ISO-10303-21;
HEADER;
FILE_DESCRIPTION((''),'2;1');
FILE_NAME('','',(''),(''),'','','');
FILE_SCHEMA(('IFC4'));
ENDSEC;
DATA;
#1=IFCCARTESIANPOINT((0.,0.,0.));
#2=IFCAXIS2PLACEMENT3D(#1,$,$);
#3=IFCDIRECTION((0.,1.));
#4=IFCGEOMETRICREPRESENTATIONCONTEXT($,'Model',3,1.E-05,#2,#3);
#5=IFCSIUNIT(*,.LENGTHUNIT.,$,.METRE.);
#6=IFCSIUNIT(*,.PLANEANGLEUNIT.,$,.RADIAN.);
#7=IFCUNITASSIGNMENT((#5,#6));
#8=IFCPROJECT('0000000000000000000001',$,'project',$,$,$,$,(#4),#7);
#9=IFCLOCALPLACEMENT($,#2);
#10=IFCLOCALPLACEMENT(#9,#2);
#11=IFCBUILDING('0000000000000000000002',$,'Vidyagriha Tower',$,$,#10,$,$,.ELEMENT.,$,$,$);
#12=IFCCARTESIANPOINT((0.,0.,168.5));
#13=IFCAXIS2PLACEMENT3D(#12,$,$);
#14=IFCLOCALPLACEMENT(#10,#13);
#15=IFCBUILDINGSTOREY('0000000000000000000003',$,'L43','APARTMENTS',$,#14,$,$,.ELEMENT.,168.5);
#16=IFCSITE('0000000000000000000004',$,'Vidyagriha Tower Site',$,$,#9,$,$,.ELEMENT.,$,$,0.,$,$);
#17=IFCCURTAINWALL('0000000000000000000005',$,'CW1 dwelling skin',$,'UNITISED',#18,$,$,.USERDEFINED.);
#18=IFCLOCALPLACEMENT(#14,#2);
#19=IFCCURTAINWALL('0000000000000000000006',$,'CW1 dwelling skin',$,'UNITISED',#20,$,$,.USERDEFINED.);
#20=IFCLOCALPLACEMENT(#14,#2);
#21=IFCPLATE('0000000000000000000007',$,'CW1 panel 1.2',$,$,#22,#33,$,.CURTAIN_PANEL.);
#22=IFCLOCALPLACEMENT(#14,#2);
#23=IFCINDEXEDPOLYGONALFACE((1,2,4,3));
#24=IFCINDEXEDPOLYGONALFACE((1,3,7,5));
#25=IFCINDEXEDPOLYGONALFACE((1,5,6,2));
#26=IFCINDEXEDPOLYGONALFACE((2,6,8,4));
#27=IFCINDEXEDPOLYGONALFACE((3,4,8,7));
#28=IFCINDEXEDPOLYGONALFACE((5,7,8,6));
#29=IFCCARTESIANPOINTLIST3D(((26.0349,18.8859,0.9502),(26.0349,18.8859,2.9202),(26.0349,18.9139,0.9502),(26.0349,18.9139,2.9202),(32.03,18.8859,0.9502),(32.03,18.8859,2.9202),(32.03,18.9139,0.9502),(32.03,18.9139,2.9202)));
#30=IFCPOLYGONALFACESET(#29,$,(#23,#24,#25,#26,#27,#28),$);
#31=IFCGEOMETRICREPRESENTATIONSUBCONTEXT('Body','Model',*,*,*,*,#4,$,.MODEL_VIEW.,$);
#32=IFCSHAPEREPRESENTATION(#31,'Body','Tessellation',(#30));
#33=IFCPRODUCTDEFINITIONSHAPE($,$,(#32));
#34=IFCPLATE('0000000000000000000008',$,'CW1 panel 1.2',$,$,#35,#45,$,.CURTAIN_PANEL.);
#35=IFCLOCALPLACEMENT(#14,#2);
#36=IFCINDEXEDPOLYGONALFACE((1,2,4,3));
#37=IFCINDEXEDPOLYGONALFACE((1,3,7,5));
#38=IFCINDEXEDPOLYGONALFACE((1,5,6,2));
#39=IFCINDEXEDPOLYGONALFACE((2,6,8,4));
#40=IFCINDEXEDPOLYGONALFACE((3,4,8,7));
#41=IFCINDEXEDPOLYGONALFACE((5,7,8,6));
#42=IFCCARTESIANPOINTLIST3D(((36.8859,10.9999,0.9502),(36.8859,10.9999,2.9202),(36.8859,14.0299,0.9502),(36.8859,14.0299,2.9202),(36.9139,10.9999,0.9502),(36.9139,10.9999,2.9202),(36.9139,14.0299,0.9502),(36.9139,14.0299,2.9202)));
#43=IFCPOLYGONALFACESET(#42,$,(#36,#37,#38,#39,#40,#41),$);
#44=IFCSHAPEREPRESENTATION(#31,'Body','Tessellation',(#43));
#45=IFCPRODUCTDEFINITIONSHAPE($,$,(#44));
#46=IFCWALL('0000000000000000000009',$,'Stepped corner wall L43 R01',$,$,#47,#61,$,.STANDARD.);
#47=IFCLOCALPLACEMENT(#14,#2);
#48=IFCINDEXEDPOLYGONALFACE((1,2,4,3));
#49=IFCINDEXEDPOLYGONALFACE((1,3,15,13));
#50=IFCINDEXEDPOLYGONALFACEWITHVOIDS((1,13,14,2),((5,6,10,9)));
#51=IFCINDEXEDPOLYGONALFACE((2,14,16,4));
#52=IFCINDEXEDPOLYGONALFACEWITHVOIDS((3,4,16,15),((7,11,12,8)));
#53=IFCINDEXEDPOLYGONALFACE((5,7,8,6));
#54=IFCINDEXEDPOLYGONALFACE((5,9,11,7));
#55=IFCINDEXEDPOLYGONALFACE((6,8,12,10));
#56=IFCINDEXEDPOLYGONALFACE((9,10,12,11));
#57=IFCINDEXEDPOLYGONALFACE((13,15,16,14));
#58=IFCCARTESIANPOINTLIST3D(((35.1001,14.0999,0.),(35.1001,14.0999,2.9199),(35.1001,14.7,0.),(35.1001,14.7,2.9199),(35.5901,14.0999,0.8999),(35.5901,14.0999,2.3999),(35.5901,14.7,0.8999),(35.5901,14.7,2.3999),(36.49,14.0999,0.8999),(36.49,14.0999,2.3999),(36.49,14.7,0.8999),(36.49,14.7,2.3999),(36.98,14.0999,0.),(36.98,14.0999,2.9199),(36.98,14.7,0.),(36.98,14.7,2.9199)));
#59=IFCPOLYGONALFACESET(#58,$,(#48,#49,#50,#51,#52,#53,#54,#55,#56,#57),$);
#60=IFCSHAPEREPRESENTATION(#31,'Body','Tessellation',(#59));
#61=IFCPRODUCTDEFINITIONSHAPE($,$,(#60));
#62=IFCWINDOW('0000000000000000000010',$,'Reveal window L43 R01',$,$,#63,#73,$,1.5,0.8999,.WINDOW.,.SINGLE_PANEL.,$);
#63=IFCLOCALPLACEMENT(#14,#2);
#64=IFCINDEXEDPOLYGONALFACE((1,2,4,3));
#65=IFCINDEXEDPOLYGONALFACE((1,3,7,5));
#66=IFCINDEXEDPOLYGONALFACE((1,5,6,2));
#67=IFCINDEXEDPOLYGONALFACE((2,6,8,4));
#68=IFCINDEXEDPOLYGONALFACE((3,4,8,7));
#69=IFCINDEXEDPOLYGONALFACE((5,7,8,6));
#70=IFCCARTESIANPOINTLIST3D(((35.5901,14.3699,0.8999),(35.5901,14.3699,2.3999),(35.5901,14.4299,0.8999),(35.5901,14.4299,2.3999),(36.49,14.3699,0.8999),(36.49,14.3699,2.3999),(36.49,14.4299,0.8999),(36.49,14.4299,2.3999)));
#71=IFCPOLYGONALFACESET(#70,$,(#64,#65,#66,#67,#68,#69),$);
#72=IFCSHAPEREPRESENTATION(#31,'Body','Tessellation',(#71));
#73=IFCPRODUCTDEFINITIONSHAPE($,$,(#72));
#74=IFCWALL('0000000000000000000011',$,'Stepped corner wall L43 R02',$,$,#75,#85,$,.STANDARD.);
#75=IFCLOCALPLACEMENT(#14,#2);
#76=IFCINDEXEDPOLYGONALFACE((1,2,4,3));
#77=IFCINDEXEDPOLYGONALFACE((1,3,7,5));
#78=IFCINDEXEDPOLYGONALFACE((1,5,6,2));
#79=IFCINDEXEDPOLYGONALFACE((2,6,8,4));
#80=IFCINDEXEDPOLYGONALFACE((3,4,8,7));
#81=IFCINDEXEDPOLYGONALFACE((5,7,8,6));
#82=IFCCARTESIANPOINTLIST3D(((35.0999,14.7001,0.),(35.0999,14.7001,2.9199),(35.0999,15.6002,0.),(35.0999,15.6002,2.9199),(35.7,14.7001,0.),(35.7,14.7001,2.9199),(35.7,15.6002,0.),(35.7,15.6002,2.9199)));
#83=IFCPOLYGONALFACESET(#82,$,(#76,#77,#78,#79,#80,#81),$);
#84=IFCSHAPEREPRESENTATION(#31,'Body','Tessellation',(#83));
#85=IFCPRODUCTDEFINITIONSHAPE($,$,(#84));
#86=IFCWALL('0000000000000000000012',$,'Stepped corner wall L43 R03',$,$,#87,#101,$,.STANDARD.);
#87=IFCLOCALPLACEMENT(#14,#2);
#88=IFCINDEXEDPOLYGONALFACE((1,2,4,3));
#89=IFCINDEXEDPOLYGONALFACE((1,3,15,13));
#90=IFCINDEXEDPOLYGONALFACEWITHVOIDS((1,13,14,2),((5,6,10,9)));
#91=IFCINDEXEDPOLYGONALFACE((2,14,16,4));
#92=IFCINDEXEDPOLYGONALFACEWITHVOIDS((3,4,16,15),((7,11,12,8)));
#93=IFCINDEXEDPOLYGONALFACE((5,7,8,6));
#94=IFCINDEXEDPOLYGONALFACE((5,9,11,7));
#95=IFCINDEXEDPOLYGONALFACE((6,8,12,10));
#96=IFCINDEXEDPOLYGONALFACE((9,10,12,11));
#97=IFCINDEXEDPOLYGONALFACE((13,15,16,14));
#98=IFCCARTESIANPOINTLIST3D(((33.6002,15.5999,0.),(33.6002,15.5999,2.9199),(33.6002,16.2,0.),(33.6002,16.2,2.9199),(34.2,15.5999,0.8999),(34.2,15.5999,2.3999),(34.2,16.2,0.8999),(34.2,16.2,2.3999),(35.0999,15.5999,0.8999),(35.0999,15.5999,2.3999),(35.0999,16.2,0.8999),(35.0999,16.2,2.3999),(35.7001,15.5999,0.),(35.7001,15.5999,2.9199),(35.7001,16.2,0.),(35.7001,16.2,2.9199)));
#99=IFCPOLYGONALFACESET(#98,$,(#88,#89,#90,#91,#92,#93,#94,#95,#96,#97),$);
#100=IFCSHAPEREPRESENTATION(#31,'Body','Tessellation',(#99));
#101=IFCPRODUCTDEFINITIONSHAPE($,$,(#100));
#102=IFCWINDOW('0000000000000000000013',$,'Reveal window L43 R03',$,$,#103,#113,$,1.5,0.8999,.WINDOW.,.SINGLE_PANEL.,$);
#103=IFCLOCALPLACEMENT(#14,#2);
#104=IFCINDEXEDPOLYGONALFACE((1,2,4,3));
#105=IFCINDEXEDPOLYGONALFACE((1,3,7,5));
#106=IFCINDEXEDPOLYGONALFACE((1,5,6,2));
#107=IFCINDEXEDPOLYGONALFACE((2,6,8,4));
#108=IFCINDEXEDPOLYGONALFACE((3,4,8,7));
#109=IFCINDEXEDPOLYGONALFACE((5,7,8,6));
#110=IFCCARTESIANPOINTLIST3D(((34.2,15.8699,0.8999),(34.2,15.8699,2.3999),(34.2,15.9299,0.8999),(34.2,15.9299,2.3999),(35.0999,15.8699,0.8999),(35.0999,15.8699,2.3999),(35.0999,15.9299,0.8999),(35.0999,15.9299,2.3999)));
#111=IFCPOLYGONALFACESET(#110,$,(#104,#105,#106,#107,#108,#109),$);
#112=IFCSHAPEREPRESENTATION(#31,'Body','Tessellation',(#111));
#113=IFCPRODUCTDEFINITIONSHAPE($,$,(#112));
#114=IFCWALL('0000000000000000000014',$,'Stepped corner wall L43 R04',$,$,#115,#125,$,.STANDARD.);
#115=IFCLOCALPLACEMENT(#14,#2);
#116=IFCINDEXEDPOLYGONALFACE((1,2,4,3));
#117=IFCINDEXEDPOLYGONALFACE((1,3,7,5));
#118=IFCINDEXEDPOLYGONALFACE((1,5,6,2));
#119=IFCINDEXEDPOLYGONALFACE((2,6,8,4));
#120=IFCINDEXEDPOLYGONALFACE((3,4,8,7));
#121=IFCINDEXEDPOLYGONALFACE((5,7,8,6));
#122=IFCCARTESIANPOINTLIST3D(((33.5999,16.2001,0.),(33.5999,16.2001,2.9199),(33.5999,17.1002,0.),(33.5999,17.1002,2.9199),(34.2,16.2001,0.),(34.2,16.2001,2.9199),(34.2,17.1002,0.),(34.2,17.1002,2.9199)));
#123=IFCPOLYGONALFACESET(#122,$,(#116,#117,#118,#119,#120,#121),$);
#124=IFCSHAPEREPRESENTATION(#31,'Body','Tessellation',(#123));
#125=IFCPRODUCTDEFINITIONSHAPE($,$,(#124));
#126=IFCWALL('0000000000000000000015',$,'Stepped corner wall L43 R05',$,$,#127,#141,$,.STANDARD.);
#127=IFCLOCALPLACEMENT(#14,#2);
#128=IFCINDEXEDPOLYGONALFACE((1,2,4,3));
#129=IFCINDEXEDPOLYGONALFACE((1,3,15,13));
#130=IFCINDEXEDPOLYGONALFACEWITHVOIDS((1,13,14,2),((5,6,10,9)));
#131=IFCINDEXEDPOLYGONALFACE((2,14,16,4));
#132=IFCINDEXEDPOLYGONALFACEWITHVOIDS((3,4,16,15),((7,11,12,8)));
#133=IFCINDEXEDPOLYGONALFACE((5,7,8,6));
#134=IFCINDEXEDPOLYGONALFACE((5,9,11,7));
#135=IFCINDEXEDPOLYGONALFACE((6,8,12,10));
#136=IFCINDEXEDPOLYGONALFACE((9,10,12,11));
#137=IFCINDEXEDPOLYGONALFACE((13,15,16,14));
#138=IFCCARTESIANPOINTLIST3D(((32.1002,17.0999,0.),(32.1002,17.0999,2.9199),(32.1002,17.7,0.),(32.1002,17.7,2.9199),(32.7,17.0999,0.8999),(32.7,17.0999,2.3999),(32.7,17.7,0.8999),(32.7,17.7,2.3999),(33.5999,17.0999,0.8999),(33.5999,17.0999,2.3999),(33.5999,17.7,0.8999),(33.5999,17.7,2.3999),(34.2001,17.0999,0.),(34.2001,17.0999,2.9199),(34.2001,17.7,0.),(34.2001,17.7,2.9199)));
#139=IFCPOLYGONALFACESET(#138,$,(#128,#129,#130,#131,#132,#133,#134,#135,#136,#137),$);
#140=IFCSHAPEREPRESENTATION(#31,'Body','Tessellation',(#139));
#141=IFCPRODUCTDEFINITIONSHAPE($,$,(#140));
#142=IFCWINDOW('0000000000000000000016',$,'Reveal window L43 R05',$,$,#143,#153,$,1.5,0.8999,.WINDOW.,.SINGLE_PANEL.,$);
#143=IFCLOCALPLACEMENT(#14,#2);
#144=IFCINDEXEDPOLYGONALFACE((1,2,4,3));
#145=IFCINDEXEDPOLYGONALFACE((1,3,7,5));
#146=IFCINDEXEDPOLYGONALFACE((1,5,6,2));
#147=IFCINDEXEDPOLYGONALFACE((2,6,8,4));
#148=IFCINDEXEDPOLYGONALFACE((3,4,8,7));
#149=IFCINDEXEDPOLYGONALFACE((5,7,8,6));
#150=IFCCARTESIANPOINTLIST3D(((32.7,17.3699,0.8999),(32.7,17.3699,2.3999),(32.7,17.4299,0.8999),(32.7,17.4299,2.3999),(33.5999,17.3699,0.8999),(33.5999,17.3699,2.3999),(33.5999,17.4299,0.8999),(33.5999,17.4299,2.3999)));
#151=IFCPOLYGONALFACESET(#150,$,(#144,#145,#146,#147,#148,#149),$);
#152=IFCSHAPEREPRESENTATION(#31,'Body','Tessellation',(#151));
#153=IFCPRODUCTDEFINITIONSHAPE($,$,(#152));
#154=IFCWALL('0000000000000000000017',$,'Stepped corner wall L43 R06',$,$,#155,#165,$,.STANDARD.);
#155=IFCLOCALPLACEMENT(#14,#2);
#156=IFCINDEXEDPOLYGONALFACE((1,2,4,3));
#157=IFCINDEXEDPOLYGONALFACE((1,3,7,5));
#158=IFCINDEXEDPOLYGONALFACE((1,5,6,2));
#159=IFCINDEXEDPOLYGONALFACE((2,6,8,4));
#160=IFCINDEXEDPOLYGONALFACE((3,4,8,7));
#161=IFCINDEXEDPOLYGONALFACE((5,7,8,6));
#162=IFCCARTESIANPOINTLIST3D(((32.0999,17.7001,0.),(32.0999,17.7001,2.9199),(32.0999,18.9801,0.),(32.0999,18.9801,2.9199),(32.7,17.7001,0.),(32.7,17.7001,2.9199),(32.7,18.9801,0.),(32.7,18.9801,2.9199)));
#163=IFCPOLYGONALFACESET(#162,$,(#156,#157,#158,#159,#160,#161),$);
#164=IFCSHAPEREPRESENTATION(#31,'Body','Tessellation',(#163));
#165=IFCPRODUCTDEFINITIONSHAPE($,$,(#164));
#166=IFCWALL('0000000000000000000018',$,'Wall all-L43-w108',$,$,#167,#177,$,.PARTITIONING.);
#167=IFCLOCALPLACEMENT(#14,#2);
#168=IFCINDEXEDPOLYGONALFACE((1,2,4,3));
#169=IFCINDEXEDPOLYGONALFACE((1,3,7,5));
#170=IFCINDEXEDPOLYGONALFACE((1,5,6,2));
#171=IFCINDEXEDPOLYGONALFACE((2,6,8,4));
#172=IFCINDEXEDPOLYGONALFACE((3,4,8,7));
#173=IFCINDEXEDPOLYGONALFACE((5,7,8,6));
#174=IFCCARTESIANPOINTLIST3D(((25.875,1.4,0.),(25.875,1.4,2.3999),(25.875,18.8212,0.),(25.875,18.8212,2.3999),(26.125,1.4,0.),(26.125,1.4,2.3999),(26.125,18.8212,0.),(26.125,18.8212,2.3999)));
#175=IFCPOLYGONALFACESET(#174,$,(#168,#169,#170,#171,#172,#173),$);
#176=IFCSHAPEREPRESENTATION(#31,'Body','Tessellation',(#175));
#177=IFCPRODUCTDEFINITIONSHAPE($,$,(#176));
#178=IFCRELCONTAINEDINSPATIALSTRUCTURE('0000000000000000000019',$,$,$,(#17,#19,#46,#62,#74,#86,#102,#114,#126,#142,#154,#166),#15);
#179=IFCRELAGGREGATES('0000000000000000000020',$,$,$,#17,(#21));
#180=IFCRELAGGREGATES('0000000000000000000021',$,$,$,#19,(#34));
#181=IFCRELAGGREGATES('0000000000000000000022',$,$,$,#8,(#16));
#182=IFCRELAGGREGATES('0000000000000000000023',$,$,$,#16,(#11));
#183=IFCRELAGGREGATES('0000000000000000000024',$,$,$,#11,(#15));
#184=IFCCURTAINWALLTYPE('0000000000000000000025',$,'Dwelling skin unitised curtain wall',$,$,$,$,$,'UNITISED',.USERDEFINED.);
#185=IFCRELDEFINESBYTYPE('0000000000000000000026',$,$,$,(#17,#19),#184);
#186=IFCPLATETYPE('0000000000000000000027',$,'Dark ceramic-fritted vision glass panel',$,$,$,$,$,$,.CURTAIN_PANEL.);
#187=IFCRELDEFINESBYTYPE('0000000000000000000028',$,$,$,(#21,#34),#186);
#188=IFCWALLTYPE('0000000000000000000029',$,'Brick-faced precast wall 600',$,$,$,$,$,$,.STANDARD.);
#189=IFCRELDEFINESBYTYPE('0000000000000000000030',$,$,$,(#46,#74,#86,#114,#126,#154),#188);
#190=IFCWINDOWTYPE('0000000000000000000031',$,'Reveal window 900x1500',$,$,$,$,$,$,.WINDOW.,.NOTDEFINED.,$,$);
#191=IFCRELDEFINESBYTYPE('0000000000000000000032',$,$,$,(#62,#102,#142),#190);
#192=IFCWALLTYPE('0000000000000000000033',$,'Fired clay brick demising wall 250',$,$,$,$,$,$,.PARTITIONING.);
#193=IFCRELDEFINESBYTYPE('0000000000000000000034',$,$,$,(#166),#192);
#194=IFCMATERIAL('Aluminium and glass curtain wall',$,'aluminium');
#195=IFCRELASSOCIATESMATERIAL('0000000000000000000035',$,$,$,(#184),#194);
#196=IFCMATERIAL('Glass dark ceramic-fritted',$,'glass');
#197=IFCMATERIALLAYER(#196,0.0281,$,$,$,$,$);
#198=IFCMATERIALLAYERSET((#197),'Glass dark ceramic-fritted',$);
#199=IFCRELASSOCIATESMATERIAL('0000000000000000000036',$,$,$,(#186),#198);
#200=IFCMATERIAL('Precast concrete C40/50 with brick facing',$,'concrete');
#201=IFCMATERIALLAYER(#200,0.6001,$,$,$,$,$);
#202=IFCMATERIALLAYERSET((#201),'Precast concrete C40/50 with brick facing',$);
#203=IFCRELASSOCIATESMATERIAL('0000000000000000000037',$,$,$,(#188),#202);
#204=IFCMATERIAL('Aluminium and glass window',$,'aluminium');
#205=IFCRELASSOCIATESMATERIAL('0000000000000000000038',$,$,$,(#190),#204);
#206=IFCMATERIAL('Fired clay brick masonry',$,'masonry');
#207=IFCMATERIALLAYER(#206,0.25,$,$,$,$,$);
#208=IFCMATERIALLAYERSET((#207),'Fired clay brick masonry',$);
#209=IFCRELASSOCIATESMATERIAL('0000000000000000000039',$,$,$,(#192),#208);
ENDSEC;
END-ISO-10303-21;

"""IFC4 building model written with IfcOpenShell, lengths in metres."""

from ifc_helpers import new_model, si_unit, direction, frame, frame_2d, origin, origin_2d, place, context, subcontext, project, spatial, rectangle, extrude, material, layer, layer_set, type_object, element, fill, aggregate, save


model = new_model("IFC4")

# Units and contexts
model_context = context("Model", 3, precision=1e-05, world=origin(), true_north=direction((0.0, 1.0)))
body_context = subcontext(model_context, "Body", "Model", "MODEL_VIEW")
ifc_project = project(units=[si_unit("LENGTHUNIT", "METRE"), si_unit("PLANEANGLEUNIT", "RADIAN")], contexts=[model_context])

# Site, building, storey
site_placement = place(None, origin())
site = spatial("IfcSite", under=ifc_project, at=site_placement, Name="Vidyagriha Tower Site", CompositionType="ELEMENT", RefElevation=0.0)
building_placement = place(site_placement, origin())
building = spatial("IfcBuilding", under=site, at=building_placement, Name="Vidyagriha Tower", CompositionType="ELEMENT")
storey_placement = place(building_placement, frame((0.0, 0.0, 168.5)))
storey = spatial("IfcBuildingStorey", under=building, at=storey_placement, Name="L43", Description="APARTMENTS", CompositionType="ELEMENT", Elevation=168.5)

# Curtain wall
ifc_material_1 = material(Name="Aluminium and glass curtain wall", Category="aluminium")
curtain_wall_type = type_object("IfcCurtainWallType", Name="Dwelling skin unitised curtain wall", ElementType="UNITISED", PredefinedType="USERDEFINED", material=ifc_material_1)
curtain_wall_1_placement = place(storey_placement, origin())
curtain_wall_1 = element("IfcCurtainWall", 1, at=curtain_wall_1_placement, inside=storey, type_object=curtain_wall_type, Name="CW1 dwelling skin", ObjectType="UNITISED", PredefinedType="USERDEFINED")

# Curtain wall
curtain_wall_2_placement = place(storey_placement, origin())
curtain_wall_2 = element("IfcCurtainWall", 2, at=curtain_wall_2_placement, inside=storey, type_object=curtain_wall_type, Name="CW1 dwelling skin", ObjectType="UNITISED", PredefinedType="USERDEFINED")

# Plates
ifc_material_2 = material(Name="Glass dark ceramic-fritted", Category="glass")
ifc_layer_1 = layer(ifc_material_2, 0.0281)
ifc_layer_set_1 = layer_set([ifc_layer_1], Name="Glass dark ceramic-fritted")
plate_type_1 = type_object("IfcPlateType", Name="Dark ceramic-fritted vision glass panel", PredefinedType="CURTAIN_PANEL", material=ifc_layer_set_1)
plate_1_placement = place(storey_placement, frame((29.0325, 18.8999, 0.9502), z_axis=(0.0, 0.0, 1.0), x_axis=(-1.0, 0.0, 0.0)))
plate_1 = element("IfcPlate", 3, at=plate_1_placement, type_object=plate_type_1, Name="CW1 panel 1.2", PredefinedType="CURTAIN_PANEL", context=body_context, shape_type="SweptSolid", body=[
    extrude(rectangle(XDim=5.9951, YDim=0.0281, at=origin_2d()), origin(), (0.0, 0.0, 1.0), 1.97),
])
aggregate(curtain_wall_1, [plate_1])
plate_2_placement = place(storey_placement, frame((36.8999, 12.5149, 0.9502), z_axis=(0.0, 0.0, 1.0), x_axis=(0.0, 1.0, 0.0)))
plate_2 = element("IfcPlate", 4, at=plate_2_placement, type_object=plate_type_1, Name="CW1 panel 1.2", PredefinedType="CURTAIN_PANEL", context=body_context, shape_type="SweptSolid", body=[
    extrude(rectangle(XDim=3.03, YDim=0.0281, at=origin_2d()), origin(), (0.0, 0.0, 1.0), 1.97),
])
aggregate(curtain_wall_2, [plate_2])

# Wall, opening, window
ifc_material_3 = material(Name="Precast concrete C40/50 with brick facing", Category="concrete")
ifc_layer_2 = layer(ifc_material_3, 0.6001)
ifc_layer_set_2 = layer_set([ifc_layer_2], Name="Precast concrete C40/50 with brick facing")
wall_type_1 = type_object("IfcWallType", Name="Brick-faced precast wall 600", PredefinedType="STANDARD", material=ifc_layer_set_2)
wall_1_placement = place(storey_placement, frame((36.98, 14.3999, 0.0), z_axis=(0.0, 0.0, 1.0), x_axis=(-1.0, 0.0, 0.0)))
wall_1 = element("IfcWall", 5, at=wall_1_placement, inside=storey, type_object=wall_type_1, Name="Stepped corner wall L43 R01", PredefinedType="STANDARD", context=body_context, shape_type="SweptSolid", body=[
    extrude(rectangle(XDim=1.8799, YDim=0.6001, at=frame_2d((0.9399, 0.0))), origin(), (0.0, 0.0, 1.0), 2.9199),
])
opening_1_placement = place(wall_1_placement, frame((0.49, 0.0, 0.8999)))
opening_1 = element("IfcOpeningElement", 6, at=opening_1_placement, cuts=wall_1, PredefinedType="OPENING", context=body_context, shape_type="SweptSolid", body=[
    extrude(rectangle(XDim=0.8999, YDim=1.5, at=frame_2d((0.45, 0.75))), frame((0.0, 0.3101, 0.0), z_axis=(0.0, -1.0, 0.0), x_axis=(1.0, 0.0, 0.0)), (0.0, 0.0, 1.0), 0.6201),
])
ifc_material_4 = material(Name="Aluminium and glass window", Category="aluminium")
window_type = type_object("IfcWindowType", Name="Reveal window 900x1500", PartitioningType="NOTDEFINED", PredefinedType="WINDOW", material=ifc_material_4)
window_1_placement = place(opening_1_placement, origin())
window_1 = element("IfcWindow", 7, at=window_1_placement, inside=storey, type_object=window_type, Name="Reveal window L43 R01", OverallHeight=1.5, OverallWidth=0.8999, PartitioningType="SINGLE_PANEL", PredefinedType="WINDOW", context=body_context, shape_type="SweptSolid", body=[
    extrude(rectangle(XDim=0.8999, YDim=1.5, at=frame_2d((0.45, 0.75))), frame((0.0, 0.03, 0.0), z_axis=(0.0, -1.0, 0.0), x_axis=(1.0, 0.0, 0.0)), (0.0, 0.0, 1.0), 0.0601),
])
fill(opening_1, window_1)

# Wall
wall_2_placement = place(storey_placement, frame((35.3999, 14.7, 0.0), z_axis=(0.0, 0.0, 1.0), x_axis=(0.0, 1.0, 0.0)))
element("IfcWall", 8, at=wall_2_placement, inside=storey, type_object=wall_type_1, Name="Stepped corner wall L43 R02", PredefinedType="STANDARD", context=body_context, shape_type="SweptSolid", body=[
    extrude(rectangle(XDim=0.9001, YDim=0.6001, at=frame_2d((0.4502, 0.0))), origin(), (0.0, 0.0, 1.0), 2.9199),
])

# Wall, opening, window
wall_3_placement = place(storey_placement, frame((35.7, 15.8999, 0.0), z_axis=(0.0, 0.0, 1.0), x_axis=(-1.0, 0.0, 0.0)))
wall_3 = element("IfcWall", 9, at=wall_3_placement, inside=storey, type_object=wall_type_1, Name="Stepped corner wall L43 R03", PredefinedType="STANDARD", context=body_context, shape_type="SweptSolid", body=[
    extrude(rectangle(XDim=2.0999, YDim=0.6001, at=frame_2d((1.0498, 0.0))), origin(), (0.0, 0.0, 1.0), 2.9199),
])
opening_2_placement = place(wall_3_placement, frame((0.6001, 0.0, 0.8999)))
opening_2 = element("IfcOpeningElement", 10, at=opening_2_placement, cuts=wall_3, PredefinedType="OPENING", context=body_context, shape_type="SweptSolid", body=[
    extrude(rectangle(XDim=0.8999, YDim=1.5, at=frame_2d((0.45, 0.75))), frame((0.0, 0.3101, 0.0), z_axis=(0.0, -1.0, 0.0), x_axis=(1.0, 0.0, 0.0)), (0.0, 0.0, 1.0), 0.6201),
])
window_2_placement = place(opening_2_placement, origin())
window_2 = element("IfcWindow", 11, at=window_2_placement, inside=storey, type_object=window_type, Name="Reveal window L43 R03", OverallHeight=1.5, OverallWidth=0.8999, PartitioningType="SINGLE_PANEL", PredefinedType="WINDOW", context=body_context, shape_type="SweptSolid", body=[
    extrude(rectangle(XDim=0.8999, YDim=1.5, at=frame_2d((0.45, 0.75))), frame((0.0, 0.03, 0.0), z_axis=(0.0, -1.0, 0.0), x_axis=(1.0, 0.0, 0.0)), (0.0, 0.0, 1.0), 0.0601),
])
fill(opening_2, window_2)

# Wall
wall_4_placement = place(storey_placement, frame((33.8999, 16.2, 0.0), z_axis=(0.0, 0.0, 1.0), x_axis=(0.0, 1.0, 0.0)))
element("IfcWall", 12, at=wall_4_placement, inside=storey, type_object=wall_type_1, Name="Stepped corner wall L43 R04", PredefinedType="STANDARD", context=body_context, shape_type="SweptSolid", body=[
    extrude(rectangle(XDim=0.9001, YDim=0.6001, at=frame_2d((0.4502, 0.0))), origin(), (0.0, 0.0, 1.0), 2.9199),
])

# Wall, opening, window
wall_5_placement = place(storey_placement, frame((34.2, 17.3999, 0.0), z_axis=(0.0, 0.0, 1.0), x_axis=(-1.0, 0.0, 0.0)))
wall_5 = element("IfcWall", 13, at=wall_5_placement, inside=storey, type_object=wall_type_1, Name="Stepped corner wall L43 R05", PredefinedType="STANDARD", context=body_context, shape_type="SweptSolid", body=[
    extrude(rectangle(XDim=2.0999, YDim=0.6001, at=frame_2d((1.0498, 0.0))), origin(), (0.0, 0.0, 1.0), 2.9199),
])
opening_3_placement = place(wall_5_placement, frame((0.6001, 0.0, 0.8999)))
opening_3 = element("IfcOpeningElement", 14, at=opening_3_placement, cuts=wall_5, PredefinedType="OPENING", context=body_context, shape_type="SweptSolid", body=[
    extrude(rectangle(XDim=0.8999, YDim=1.5, at=frame_2d((0.45, 0.75))), frame((0.0, 0.3101, 0.0), z_axis=(0.0, -1.0, 0.0), x_axis=(1.0, 0.0, 0.0)), (0.0, 0.0, 1.0), 0.6201),
])
window_3_placement = place(opening_3_placement, origin())
window_3 = element("IfcWindow", 15, at=window_3_placement, inside=storey, type_object=window_type, Name="Reveal window L43 R05", OverallHeight=1.5, OverallWidth=0.8999, PartitioningType="SINGLE_PANEL", PredefinedType="WINDOW", context=body_context, shape_type="SweptSolid", body=[
    extrude(rectangle(XDim=0.8999, YDim=1.5, at=frame_2d((0.45, 0.75))), frame((0.0, 0.03, 0.0), z_axis=(0.0, -1.0, 0.0), x_axis=(1.0, 0.0, 0.0)), (0.0, 0.0, 1.0), 0.0601),
])
fill(opening_3, window_3)

# Walls
wall_6_placement = place(storey_placement, frame((32.3999, 17.7, 0.0), z_axis=(0.0, 0.0, 1.0), x_axis=(0.0, 1.0, 0.0)))
element("IfcWall", 16, at=wall_6_placement, inside=storey, type_object=wall_type_1, Name="Stepped corner wall L43 R06", PredefinedType="STANDARD", context=body_context, shape_type="SweptSolid", body=[
    extrude(rectangle(XDim=1.28, YDim=0.6001, at=frame_2d((0.6401, 0.0))), origin(), (0.0, 0.0, 1.0), 2.9199),
])
ifc_material_5 = material(Name="Fired clay brick masonry", Category="masonry")
ifc_layer_3 = layer(ifc_material_5, 0.25)
ifc_layer_set_3 = layer_set([ifc_layer_3], Name="Fired clay brick masonry")
wall_type_2 = type_object("IfcWallType", Name="Fired clay brick demising wall 250", PredefinedType="PARTITIONING", material=ifc_layer_set_3)
wall_7_placement = place(storey_placement, frame((26.0, 18.821, 0.0), z_axis=(0.0, 0.0, 1.0), x_axis=(0.0, -1.0, 0.0)))
element("IfcWall", 17, at=wall_7_placement, inside=storey, type_object=wall_type_2, Name="Wall all-L43-w108", PredefinedType="PARTITIONING", context=body_context, shape_type="SweptSolid", body=[
    extrude(rectangle(XDim=17.4211, YDim=0.25, at=frame_2d((8.7104, 0.0))), origin(), (0.0, 0.0, 1.0), 2.3999),
])

save(model, "model.ifc")
